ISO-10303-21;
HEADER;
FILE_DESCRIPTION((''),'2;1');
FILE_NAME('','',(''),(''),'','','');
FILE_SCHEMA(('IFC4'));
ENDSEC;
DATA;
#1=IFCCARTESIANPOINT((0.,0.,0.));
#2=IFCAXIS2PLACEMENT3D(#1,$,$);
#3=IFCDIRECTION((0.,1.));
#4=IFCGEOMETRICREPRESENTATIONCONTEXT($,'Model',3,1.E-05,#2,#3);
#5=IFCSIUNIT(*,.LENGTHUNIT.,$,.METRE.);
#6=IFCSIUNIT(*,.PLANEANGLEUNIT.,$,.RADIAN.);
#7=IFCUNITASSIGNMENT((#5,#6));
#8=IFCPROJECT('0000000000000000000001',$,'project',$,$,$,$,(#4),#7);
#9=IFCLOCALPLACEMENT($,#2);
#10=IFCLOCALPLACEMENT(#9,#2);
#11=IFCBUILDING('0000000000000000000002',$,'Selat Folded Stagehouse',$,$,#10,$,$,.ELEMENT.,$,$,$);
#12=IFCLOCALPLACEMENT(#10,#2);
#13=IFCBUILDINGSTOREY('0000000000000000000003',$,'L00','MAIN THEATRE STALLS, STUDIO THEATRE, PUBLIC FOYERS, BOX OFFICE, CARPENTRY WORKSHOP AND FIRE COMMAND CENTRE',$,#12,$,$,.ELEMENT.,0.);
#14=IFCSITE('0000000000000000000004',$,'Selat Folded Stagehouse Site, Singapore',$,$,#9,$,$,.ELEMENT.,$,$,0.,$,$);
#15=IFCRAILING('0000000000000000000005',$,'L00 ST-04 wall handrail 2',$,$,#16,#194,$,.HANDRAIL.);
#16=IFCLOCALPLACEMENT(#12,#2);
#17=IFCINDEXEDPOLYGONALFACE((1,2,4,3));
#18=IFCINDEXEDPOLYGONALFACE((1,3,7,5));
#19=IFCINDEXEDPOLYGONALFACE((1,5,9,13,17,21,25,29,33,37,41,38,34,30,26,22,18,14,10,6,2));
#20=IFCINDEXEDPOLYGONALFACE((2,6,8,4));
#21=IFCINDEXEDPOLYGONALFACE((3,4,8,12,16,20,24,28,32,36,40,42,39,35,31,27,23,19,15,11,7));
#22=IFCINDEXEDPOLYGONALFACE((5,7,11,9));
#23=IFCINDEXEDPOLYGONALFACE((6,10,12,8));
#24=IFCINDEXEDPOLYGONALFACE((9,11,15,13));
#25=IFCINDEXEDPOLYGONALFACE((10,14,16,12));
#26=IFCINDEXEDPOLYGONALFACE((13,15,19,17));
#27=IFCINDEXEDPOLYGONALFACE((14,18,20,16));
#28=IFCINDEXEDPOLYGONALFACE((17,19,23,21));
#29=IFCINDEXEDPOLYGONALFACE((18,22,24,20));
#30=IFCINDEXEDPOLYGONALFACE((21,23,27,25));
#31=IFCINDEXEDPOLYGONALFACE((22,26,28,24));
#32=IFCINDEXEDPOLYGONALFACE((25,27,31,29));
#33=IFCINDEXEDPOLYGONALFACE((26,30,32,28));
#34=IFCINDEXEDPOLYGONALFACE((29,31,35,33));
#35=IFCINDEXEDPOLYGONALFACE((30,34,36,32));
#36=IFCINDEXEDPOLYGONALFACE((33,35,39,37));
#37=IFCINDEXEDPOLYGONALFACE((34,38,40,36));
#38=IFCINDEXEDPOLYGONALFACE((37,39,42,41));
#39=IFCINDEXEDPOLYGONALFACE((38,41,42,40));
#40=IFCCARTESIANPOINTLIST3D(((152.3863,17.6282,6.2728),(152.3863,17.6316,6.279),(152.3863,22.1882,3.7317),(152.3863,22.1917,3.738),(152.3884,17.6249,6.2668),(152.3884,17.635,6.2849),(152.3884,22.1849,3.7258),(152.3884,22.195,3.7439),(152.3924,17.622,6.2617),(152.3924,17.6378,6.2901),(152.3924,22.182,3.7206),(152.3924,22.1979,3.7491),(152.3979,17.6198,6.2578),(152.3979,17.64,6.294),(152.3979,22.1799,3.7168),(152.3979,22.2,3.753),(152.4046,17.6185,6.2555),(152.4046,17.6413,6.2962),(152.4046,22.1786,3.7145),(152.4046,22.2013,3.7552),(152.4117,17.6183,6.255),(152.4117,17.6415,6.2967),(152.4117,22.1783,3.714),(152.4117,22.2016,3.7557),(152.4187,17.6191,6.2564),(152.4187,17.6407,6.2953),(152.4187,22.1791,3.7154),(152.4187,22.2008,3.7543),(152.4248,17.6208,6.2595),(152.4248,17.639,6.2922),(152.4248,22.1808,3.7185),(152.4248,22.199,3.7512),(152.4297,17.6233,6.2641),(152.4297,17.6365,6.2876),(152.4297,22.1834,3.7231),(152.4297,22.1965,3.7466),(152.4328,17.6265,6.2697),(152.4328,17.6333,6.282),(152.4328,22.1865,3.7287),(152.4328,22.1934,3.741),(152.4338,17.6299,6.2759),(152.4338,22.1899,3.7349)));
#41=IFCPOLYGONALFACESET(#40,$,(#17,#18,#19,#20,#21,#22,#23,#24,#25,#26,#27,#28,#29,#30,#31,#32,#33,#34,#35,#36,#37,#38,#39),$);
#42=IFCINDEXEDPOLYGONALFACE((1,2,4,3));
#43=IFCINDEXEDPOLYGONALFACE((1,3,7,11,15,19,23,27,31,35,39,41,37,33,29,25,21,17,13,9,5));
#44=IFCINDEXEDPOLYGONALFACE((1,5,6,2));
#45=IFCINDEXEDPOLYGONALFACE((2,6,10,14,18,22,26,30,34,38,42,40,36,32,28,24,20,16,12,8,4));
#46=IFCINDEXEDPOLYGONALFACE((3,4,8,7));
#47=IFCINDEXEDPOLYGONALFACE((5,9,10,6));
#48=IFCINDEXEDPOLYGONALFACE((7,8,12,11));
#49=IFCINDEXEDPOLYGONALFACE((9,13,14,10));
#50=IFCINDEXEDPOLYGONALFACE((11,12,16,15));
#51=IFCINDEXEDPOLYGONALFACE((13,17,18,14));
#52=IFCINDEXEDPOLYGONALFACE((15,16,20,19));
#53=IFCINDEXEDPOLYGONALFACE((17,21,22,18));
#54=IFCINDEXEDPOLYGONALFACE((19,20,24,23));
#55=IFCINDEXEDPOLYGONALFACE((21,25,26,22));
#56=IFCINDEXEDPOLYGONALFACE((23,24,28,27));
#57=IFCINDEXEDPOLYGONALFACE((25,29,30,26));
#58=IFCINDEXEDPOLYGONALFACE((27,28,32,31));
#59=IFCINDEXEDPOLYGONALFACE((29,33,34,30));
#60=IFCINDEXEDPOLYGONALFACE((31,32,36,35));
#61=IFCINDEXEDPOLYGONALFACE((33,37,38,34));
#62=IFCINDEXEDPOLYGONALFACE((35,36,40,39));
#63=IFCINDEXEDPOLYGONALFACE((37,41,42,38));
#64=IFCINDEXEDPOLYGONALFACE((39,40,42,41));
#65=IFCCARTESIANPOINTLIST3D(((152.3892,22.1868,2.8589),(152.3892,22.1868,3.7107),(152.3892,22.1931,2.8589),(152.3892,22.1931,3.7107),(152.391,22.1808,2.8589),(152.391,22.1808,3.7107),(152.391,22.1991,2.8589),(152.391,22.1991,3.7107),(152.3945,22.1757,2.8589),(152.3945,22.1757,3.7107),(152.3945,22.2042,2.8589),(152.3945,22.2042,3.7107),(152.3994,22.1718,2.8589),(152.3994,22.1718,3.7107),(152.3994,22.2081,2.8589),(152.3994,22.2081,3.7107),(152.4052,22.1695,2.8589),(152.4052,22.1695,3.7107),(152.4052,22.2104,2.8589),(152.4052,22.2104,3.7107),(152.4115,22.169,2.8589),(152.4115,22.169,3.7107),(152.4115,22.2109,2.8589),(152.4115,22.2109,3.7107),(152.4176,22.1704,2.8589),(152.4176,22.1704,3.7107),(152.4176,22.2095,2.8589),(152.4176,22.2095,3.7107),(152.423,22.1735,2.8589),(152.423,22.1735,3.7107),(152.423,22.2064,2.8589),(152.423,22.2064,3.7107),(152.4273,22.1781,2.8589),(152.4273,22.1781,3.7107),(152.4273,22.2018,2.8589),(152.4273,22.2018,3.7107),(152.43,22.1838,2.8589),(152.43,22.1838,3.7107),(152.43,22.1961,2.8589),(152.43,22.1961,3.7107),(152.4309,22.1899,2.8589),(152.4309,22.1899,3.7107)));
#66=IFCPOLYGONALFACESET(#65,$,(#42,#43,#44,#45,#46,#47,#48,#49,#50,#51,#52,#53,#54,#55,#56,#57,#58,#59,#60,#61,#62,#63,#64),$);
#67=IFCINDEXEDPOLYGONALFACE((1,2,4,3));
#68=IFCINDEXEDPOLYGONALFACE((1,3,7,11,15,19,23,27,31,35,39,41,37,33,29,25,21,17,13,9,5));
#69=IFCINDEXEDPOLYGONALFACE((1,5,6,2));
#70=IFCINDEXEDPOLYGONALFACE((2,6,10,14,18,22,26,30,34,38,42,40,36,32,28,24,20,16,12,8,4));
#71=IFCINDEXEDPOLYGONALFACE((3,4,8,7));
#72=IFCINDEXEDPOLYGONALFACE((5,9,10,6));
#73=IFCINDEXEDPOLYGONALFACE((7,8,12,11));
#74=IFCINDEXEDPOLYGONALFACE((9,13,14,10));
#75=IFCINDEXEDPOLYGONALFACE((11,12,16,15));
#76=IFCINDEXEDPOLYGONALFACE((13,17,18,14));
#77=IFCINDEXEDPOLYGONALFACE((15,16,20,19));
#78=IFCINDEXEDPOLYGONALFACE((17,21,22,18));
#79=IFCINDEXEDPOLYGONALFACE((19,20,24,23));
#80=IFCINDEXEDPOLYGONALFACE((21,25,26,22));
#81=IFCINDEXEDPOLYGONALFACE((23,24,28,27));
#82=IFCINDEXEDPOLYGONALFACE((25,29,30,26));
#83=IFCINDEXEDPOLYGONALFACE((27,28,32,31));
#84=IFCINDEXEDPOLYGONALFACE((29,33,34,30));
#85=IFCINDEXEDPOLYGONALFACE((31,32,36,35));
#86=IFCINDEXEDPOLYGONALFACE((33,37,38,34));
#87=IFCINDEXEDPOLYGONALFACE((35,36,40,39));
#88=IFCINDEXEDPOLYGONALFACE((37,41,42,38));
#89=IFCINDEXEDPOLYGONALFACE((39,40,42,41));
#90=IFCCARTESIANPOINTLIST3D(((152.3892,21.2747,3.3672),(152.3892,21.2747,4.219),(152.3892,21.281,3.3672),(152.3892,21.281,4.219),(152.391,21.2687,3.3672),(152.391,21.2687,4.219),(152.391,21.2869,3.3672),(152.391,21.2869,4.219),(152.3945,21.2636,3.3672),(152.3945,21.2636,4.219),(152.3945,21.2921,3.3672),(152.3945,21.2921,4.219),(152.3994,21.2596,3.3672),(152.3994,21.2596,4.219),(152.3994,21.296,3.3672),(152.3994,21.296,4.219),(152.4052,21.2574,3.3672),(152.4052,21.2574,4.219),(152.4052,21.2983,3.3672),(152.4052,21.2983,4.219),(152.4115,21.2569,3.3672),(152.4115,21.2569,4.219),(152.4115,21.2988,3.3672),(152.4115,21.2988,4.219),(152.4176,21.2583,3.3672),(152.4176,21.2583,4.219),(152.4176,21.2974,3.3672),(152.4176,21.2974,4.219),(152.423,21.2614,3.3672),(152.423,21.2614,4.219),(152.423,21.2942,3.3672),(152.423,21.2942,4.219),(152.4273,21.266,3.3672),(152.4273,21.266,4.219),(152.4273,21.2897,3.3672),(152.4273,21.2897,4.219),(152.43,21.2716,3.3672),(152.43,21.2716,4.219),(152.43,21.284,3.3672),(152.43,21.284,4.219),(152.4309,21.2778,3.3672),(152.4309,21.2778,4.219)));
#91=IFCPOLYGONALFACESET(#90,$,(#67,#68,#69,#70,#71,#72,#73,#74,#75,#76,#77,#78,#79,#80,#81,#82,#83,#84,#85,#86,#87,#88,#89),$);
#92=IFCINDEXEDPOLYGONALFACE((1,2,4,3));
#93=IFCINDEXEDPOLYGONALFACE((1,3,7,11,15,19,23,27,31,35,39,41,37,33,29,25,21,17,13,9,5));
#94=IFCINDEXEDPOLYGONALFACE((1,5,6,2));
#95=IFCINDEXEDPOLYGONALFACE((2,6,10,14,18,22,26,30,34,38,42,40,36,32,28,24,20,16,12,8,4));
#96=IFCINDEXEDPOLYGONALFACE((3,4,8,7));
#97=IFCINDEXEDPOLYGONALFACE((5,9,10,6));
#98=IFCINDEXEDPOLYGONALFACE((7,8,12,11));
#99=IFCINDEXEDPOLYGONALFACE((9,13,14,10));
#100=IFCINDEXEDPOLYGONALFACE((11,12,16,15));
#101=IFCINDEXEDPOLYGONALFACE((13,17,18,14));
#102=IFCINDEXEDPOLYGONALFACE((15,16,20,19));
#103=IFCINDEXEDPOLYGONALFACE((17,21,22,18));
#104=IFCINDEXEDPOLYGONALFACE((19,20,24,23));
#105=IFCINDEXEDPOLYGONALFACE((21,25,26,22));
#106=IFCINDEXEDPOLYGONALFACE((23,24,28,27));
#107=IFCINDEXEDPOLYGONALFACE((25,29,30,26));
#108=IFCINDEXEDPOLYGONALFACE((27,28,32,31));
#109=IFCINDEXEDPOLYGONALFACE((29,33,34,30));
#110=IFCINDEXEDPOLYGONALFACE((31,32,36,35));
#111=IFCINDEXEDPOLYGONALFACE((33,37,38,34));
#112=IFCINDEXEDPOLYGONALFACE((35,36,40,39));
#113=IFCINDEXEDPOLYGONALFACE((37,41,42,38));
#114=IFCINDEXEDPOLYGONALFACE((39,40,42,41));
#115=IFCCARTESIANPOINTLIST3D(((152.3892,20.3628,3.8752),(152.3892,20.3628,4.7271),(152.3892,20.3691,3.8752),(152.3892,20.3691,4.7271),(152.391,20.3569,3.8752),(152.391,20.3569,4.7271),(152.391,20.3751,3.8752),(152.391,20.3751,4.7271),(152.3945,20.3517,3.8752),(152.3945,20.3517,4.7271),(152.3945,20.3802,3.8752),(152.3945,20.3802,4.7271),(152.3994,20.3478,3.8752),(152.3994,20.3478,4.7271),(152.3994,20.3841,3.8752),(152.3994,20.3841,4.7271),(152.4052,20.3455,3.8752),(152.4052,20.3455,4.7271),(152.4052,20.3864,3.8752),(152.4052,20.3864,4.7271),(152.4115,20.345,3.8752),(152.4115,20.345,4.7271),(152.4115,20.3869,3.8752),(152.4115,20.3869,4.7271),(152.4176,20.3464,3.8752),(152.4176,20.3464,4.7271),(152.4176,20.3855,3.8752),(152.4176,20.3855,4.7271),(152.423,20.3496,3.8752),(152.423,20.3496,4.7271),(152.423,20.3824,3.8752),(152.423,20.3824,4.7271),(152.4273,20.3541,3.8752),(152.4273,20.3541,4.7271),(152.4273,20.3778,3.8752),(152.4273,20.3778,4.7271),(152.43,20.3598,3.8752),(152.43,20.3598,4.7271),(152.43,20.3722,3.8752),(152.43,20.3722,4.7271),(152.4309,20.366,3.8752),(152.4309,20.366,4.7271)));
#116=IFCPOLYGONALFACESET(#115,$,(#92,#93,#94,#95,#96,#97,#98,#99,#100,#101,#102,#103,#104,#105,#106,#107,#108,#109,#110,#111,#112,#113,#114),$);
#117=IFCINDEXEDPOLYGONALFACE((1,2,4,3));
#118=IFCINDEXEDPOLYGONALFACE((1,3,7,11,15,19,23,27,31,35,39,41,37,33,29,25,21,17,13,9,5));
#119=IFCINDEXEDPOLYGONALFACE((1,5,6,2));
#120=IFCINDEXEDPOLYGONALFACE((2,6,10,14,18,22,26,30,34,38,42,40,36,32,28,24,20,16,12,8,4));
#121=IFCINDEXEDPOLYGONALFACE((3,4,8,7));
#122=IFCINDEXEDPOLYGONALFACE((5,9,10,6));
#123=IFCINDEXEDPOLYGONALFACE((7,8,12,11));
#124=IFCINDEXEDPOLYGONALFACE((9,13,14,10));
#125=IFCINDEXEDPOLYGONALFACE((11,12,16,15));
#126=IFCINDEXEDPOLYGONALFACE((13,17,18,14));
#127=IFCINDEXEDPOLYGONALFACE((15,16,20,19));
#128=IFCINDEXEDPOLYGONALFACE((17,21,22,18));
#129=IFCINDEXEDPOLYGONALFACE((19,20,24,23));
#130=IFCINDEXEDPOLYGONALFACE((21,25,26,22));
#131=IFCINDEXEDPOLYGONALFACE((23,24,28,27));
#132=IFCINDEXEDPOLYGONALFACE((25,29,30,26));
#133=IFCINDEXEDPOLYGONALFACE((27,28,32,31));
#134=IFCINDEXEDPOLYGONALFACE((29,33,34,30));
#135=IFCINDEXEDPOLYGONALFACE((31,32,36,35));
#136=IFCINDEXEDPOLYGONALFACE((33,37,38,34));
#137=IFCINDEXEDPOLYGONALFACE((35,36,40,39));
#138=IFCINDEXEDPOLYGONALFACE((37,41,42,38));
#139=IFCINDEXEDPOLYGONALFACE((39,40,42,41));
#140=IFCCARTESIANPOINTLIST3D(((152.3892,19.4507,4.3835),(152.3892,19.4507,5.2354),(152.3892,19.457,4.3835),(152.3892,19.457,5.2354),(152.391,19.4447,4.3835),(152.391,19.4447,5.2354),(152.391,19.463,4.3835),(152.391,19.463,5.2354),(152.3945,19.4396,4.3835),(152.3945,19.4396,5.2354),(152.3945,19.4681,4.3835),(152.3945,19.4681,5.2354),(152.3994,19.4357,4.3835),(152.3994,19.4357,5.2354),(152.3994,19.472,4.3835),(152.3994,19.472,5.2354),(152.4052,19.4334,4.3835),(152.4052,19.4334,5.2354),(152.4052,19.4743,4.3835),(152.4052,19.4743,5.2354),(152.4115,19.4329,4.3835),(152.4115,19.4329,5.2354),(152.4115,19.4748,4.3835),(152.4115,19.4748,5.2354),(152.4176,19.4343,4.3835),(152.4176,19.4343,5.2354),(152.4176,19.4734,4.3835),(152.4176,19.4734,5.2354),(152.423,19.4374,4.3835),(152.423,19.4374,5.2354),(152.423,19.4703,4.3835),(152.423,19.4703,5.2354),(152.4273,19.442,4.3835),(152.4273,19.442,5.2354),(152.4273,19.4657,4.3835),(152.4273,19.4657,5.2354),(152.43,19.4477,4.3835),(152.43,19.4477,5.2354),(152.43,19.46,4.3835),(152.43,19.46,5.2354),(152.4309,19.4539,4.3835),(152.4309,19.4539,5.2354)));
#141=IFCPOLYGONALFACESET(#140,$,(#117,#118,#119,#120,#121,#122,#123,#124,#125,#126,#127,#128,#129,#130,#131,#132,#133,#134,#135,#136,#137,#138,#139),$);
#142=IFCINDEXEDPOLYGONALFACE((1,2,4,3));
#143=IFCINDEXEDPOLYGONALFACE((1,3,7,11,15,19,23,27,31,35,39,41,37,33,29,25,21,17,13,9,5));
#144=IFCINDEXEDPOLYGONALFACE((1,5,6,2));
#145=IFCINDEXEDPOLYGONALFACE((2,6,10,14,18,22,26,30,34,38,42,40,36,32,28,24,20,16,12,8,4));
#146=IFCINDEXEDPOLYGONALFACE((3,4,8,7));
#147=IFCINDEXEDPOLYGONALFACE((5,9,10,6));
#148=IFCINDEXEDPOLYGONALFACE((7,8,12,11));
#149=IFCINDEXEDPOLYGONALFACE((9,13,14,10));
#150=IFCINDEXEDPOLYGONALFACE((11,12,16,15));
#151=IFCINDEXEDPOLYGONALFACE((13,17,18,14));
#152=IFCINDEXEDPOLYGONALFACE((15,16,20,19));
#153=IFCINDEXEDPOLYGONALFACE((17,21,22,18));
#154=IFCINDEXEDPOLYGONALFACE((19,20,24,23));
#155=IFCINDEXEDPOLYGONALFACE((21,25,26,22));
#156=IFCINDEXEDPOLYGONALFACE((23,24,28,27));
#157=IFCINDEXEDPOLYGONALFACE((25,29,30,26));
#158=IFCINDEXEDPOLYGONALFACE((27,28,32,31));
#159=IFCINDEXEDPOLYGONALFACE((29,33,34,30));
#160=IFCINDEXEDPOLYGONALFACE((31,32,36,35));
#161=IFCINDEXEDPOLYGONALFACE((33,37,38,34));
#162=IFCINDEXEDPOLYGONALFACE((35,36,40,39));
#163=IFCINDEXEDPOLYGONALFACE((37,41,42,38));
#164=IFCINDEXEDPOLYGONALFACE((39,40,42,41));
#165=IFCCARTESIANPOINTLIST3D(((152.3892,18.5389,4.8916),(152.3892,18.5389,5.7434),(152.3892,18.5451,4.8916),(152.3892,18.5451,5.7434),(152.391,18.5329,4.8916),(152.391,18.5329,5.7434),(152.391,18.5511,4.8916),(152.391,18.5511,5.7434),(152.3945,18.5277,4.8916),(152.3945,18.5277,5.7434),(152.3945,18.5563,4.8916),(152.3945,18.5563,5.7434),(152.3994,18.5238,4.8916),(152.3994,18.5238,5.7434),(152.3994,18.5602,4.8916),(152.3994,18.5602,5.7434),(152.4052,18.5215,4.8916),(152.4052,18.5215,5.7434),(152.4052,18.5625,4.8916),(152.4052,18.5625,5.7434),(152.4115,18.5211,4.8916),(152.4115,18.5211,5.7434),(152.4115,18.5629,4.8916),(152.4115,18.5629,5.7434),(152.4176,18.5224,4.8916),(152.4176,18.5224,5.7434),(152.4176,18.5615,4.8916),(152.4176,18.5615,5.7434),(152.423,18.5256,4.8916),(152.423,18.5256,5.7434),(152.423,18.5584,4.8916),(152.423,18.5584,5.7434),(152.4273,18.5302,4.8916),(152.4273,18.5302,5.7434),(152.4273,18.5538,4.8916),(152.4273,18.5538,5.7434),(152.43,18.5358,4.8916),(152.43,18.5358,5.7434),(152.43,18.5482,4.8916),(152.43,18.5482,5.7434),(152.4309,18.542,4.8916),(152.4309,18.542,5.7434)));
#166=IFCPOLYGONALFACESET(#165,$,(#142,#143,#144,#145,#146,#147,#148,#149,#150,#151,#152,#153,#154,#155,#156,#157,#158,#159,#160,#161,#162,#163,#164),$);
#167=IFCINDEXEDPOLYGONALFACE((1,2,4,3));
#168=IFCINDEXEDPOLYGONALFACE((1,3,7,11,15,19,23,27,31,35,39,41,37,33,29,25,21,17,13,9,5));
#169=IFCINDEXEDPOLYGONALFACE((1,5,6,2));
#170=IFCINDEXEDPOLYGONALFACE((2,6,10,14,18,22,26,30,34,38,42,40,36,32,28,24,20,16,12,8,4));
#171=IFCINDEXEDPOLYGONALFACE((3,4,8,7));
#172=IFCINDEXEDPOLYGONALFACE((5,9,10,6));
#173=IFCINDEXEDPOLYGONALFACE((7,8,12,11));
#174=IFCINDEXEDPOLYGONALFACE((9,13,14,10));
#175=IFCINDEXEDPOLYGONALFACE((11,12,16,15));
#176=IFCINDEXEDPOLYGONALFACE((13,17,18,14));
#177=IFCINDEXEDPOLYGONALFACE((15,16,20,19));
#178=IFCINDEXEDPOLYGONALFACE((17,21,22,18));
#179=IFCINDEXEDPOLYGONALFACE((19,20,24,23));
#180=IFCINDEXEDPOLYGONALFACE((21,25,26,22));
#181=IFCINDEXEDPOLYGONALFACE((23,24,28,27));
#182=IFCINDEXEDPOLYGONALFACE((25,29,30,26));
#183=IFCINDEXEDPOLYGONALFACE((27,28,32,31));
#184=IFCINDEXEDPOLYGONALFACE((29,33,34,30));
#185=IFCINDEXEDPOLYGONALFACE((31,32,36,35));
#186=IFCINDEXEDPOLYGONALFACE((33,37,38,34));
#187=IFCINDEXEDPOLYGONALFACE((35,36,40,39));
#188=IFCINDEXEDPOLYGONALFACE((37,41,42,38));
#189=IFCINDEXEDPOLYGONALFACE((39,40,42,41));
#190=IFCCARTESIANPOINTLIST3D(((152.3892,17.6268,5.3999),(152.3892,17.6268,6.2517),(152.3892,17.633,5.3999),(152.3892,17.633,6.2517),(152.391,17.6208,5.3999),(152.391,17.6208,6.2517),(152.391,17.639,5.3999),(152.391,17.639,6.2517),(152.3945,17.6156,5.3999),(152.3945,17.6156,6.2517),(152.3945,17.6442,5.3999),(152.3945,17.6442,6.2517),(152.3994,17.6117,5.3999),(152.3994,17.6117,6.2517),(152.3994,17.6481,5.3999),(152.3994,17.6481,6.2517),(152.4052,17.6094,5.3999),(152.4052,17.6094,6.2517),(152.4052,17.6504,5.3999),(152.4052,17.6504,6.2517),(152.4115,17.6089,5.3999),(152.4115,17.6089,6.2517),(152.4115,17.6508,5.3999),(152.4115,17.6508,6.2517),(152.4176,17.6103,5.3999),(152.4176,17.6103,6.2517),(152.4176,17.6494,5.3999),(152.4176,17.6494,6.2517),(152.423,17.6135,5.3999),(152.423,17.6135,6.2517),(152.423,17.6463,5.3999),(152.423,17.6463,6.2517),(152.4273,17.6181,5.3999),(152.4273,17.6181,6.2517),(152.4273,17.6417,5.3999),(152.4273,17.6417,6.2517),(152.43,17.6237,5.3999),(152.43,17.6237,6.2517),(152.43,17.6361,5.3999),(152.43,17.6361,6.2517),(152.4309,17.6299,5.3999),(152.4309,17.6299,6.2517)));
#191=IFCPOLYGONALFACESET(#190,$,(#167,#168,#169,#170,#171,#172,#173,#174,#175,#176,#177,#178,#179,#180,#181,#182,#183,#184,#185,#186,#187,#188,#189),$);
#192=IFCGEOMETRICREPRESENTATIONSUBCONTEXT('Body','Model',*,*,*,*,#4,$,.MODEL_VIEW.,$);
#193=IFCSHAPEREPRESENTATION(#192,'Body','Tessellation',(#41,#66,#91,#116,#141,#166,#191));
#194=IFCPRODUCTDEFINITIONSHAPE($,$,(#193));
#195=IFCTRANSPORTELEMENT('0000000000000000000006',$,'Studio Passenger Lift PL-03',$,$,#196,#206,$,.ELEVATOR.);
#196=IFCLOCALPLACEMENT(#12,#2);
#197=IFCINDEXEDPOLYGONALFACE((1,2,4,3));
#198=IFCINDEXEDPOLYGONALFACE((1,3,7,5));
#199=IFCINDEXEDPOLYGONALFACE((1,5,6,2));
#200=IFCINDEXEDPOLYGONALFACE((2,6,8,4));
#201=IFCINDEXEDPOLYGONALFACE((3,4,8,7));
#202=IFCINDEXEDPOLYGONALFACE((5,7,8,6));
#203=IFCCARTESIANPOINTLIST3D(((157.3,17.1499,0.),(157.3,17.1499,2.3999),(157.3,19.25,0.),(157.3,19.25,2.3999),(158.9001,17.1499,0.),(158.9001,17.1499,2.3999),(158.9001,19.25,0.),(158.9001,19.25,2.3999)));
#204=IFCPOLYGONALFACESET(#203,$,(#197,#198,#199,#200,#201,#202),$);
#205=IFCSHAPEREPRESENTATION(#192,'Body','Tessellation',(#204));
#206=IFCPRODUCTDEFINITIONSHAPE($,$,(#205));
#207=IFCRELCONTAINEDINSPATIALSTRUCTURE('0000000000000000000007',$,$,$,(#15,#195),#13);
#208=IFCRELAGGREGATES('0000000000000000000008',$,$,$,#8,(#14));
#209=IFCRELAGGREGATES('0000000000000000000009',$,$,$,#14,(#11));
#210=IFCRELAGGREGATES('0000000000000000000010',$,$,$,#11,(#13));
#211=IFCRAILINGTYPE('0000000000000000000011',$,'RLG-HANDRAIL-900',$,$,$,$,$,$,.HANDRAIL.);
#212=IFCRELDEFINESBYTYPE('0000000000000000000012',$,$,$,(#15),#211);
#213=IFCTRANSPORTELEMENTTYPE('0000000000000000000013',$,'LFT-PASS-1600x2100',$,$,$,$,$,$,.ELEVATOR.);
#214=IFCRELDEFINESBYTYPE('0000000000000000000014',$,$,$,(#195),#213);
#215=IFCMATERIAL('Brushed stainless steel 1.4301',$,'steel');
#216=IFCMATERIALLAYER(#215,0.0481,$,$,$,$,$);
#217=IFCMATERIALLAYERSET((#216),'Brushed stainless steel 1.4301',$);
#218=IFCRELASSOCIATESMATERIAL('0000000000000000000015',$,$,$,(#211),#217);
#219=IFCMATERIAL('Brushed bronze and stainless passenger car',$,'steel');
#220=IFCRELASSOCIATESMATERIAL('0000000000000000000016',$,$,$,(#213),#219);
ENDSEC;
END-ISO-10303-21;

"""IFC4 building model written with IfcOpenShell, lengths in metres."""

from ifc_helpers import new_model, si_unit, direction, frame, origin, origin_2d, place, context, subcontext, project, spatial, rectangle, circle, extrude, material, layer, layer_set, type_object, element, save


model = new_model("IFC4")

# Units and contexts
model_context = context("Model", 3, precision=1e-05, world=origin(), true_north=direction((0.0, 1.0)))
body_context = subcontext(model_context, "Body", "Model", "MODEL_VIEW")
ifc_project = project(units=[si_unit("LENGTHUNIT", "METRE"), si_unit("PLANEANGLEUNIT", "RADIAN")], contexts=[model_context])

# Site, building, storey
site_placement = place(None, origin())
site = spatial("IfcSite", under=ifc_project, at=site_placement, Name="Selat Folded Stagehouse Site, Singapore", CompositionType="ELEMENT", RefElevation=0.0)
building_placement = place(site_placement, origin())
building = spatial("IfcBuilding", under=site, at=building_placement, Name="Selat Folded Stagehouse", CompositionType="ELEMENT")
storey_placement = place(building_placement, origin())
storey = spatial("IfcBuildingStorey", under=building, at=storey_placement, Name="L00", Description="MAIN THEATRE STALLS, STUDIO THEATRE, PUBLIC FOYERS, BOX OFFICE, CARPENTRY WORKSHOP AND FIRE COMMAND CENTRE", CompositionType="ELEMENT", Elevation=0.0)

# Railing
ifc_material_1 = material(Name="Brushed stainless steel 1.4301", Category="steel")
ifc_layer_1 = layer(ifc_material_1, 0.0481)
ifc_layer_set_1 = layer_set([ifc_layer_1], Name="Brushed stainless steel 1.4301")
railing_type_1 = type_object("IfcRailingType", Name="RLG-HANDRAIL-900", PredefinedType="HANDRAIL", material=ifc_layer_set_1)
railing_1_placement = place(storey_placement, frame((152.4099, 22.1899, 2.8589)))
element("IfcRailing", 1, at=railing_1_placement, inside=storey, type_object=railing_type_1, Name="L00 ST-04 wall handrail 2", PredefinedType="HANDRAIL", context=body_context, shape_type="SweptSolid", body=[
    extrude(circle(Radius=0.0239, at=origin_2d()), frame((0.0, 0.0, 0.876), z_axis=(0.0, -0.873534, 0.486762), x_axis=(1.0, 0.0, 0.0)), (0.0, 0.0, 1.0), 5.2202),
    extrude(circle(Radius=0.021, at=origin_2d()), origin(), (0.0, 0.0, 1.0), 0.8518),
    extrude(circle(Radius=0.021, at=origin_2d()), frame((0.0, -0.9121, 0.5083)), (0.0, 0.0, 1.0), 0.8518),
    extrude(circle(Radius=0.021, at=origin_2d()), frame((0.0, -1.824, 1.0164)), (0.0, 0.0, 1.0), 0.8518),
    extrude(circle(Radius=0.021, at=origin_2d()), frame((0.0, -2.7361, 1.5247)), (0.0, 0.0, 1.0), 0.8518),
    extrude(circle(Radius=0.021, at=origin_2d()), frame((0.0, -3.6479, 2.0327)), (0.0, 0.0, 1.0), 0.8518),
    extrude(circle(Radius=0.021, at=origin_2d()), frame((0.0, -4.5601, 2.541)), (0.0, 0.0, 1.0), 0.8518),
])

# Transport element
ifc_material_2 = material(Name="Brushed bronze and stainless passenger car", Category="steel")
transport_element_type = type_object("IfcTransportElementType", Name="LFT-PASS-1600x2100", PredefinedType="ELEVATOR", material=ifc_material_2)
transport_element_placement = place(storey_placement, frame((158.1001, 18.2, 0.0), z_axis=(0.0, 0.0, 1.0), x_axis=(1.0, 0.0, 0.0)))
element("IfcTransportElement", 2, at=transport_element_placement, inside=storey, type_object=transport_element_type, Name="Studio Passenger Lift PL-03", PredefinedType="ELEVATOR", context=body_context, shape_type="SweptSolid", body=[
    extrude(rectangle(XDim=1.6001, YDim=2.1001, at=origin_2d()), origin(), (0.0, 0.0, 1.0), 2.3999),
])

save(model, "model.ifc")
